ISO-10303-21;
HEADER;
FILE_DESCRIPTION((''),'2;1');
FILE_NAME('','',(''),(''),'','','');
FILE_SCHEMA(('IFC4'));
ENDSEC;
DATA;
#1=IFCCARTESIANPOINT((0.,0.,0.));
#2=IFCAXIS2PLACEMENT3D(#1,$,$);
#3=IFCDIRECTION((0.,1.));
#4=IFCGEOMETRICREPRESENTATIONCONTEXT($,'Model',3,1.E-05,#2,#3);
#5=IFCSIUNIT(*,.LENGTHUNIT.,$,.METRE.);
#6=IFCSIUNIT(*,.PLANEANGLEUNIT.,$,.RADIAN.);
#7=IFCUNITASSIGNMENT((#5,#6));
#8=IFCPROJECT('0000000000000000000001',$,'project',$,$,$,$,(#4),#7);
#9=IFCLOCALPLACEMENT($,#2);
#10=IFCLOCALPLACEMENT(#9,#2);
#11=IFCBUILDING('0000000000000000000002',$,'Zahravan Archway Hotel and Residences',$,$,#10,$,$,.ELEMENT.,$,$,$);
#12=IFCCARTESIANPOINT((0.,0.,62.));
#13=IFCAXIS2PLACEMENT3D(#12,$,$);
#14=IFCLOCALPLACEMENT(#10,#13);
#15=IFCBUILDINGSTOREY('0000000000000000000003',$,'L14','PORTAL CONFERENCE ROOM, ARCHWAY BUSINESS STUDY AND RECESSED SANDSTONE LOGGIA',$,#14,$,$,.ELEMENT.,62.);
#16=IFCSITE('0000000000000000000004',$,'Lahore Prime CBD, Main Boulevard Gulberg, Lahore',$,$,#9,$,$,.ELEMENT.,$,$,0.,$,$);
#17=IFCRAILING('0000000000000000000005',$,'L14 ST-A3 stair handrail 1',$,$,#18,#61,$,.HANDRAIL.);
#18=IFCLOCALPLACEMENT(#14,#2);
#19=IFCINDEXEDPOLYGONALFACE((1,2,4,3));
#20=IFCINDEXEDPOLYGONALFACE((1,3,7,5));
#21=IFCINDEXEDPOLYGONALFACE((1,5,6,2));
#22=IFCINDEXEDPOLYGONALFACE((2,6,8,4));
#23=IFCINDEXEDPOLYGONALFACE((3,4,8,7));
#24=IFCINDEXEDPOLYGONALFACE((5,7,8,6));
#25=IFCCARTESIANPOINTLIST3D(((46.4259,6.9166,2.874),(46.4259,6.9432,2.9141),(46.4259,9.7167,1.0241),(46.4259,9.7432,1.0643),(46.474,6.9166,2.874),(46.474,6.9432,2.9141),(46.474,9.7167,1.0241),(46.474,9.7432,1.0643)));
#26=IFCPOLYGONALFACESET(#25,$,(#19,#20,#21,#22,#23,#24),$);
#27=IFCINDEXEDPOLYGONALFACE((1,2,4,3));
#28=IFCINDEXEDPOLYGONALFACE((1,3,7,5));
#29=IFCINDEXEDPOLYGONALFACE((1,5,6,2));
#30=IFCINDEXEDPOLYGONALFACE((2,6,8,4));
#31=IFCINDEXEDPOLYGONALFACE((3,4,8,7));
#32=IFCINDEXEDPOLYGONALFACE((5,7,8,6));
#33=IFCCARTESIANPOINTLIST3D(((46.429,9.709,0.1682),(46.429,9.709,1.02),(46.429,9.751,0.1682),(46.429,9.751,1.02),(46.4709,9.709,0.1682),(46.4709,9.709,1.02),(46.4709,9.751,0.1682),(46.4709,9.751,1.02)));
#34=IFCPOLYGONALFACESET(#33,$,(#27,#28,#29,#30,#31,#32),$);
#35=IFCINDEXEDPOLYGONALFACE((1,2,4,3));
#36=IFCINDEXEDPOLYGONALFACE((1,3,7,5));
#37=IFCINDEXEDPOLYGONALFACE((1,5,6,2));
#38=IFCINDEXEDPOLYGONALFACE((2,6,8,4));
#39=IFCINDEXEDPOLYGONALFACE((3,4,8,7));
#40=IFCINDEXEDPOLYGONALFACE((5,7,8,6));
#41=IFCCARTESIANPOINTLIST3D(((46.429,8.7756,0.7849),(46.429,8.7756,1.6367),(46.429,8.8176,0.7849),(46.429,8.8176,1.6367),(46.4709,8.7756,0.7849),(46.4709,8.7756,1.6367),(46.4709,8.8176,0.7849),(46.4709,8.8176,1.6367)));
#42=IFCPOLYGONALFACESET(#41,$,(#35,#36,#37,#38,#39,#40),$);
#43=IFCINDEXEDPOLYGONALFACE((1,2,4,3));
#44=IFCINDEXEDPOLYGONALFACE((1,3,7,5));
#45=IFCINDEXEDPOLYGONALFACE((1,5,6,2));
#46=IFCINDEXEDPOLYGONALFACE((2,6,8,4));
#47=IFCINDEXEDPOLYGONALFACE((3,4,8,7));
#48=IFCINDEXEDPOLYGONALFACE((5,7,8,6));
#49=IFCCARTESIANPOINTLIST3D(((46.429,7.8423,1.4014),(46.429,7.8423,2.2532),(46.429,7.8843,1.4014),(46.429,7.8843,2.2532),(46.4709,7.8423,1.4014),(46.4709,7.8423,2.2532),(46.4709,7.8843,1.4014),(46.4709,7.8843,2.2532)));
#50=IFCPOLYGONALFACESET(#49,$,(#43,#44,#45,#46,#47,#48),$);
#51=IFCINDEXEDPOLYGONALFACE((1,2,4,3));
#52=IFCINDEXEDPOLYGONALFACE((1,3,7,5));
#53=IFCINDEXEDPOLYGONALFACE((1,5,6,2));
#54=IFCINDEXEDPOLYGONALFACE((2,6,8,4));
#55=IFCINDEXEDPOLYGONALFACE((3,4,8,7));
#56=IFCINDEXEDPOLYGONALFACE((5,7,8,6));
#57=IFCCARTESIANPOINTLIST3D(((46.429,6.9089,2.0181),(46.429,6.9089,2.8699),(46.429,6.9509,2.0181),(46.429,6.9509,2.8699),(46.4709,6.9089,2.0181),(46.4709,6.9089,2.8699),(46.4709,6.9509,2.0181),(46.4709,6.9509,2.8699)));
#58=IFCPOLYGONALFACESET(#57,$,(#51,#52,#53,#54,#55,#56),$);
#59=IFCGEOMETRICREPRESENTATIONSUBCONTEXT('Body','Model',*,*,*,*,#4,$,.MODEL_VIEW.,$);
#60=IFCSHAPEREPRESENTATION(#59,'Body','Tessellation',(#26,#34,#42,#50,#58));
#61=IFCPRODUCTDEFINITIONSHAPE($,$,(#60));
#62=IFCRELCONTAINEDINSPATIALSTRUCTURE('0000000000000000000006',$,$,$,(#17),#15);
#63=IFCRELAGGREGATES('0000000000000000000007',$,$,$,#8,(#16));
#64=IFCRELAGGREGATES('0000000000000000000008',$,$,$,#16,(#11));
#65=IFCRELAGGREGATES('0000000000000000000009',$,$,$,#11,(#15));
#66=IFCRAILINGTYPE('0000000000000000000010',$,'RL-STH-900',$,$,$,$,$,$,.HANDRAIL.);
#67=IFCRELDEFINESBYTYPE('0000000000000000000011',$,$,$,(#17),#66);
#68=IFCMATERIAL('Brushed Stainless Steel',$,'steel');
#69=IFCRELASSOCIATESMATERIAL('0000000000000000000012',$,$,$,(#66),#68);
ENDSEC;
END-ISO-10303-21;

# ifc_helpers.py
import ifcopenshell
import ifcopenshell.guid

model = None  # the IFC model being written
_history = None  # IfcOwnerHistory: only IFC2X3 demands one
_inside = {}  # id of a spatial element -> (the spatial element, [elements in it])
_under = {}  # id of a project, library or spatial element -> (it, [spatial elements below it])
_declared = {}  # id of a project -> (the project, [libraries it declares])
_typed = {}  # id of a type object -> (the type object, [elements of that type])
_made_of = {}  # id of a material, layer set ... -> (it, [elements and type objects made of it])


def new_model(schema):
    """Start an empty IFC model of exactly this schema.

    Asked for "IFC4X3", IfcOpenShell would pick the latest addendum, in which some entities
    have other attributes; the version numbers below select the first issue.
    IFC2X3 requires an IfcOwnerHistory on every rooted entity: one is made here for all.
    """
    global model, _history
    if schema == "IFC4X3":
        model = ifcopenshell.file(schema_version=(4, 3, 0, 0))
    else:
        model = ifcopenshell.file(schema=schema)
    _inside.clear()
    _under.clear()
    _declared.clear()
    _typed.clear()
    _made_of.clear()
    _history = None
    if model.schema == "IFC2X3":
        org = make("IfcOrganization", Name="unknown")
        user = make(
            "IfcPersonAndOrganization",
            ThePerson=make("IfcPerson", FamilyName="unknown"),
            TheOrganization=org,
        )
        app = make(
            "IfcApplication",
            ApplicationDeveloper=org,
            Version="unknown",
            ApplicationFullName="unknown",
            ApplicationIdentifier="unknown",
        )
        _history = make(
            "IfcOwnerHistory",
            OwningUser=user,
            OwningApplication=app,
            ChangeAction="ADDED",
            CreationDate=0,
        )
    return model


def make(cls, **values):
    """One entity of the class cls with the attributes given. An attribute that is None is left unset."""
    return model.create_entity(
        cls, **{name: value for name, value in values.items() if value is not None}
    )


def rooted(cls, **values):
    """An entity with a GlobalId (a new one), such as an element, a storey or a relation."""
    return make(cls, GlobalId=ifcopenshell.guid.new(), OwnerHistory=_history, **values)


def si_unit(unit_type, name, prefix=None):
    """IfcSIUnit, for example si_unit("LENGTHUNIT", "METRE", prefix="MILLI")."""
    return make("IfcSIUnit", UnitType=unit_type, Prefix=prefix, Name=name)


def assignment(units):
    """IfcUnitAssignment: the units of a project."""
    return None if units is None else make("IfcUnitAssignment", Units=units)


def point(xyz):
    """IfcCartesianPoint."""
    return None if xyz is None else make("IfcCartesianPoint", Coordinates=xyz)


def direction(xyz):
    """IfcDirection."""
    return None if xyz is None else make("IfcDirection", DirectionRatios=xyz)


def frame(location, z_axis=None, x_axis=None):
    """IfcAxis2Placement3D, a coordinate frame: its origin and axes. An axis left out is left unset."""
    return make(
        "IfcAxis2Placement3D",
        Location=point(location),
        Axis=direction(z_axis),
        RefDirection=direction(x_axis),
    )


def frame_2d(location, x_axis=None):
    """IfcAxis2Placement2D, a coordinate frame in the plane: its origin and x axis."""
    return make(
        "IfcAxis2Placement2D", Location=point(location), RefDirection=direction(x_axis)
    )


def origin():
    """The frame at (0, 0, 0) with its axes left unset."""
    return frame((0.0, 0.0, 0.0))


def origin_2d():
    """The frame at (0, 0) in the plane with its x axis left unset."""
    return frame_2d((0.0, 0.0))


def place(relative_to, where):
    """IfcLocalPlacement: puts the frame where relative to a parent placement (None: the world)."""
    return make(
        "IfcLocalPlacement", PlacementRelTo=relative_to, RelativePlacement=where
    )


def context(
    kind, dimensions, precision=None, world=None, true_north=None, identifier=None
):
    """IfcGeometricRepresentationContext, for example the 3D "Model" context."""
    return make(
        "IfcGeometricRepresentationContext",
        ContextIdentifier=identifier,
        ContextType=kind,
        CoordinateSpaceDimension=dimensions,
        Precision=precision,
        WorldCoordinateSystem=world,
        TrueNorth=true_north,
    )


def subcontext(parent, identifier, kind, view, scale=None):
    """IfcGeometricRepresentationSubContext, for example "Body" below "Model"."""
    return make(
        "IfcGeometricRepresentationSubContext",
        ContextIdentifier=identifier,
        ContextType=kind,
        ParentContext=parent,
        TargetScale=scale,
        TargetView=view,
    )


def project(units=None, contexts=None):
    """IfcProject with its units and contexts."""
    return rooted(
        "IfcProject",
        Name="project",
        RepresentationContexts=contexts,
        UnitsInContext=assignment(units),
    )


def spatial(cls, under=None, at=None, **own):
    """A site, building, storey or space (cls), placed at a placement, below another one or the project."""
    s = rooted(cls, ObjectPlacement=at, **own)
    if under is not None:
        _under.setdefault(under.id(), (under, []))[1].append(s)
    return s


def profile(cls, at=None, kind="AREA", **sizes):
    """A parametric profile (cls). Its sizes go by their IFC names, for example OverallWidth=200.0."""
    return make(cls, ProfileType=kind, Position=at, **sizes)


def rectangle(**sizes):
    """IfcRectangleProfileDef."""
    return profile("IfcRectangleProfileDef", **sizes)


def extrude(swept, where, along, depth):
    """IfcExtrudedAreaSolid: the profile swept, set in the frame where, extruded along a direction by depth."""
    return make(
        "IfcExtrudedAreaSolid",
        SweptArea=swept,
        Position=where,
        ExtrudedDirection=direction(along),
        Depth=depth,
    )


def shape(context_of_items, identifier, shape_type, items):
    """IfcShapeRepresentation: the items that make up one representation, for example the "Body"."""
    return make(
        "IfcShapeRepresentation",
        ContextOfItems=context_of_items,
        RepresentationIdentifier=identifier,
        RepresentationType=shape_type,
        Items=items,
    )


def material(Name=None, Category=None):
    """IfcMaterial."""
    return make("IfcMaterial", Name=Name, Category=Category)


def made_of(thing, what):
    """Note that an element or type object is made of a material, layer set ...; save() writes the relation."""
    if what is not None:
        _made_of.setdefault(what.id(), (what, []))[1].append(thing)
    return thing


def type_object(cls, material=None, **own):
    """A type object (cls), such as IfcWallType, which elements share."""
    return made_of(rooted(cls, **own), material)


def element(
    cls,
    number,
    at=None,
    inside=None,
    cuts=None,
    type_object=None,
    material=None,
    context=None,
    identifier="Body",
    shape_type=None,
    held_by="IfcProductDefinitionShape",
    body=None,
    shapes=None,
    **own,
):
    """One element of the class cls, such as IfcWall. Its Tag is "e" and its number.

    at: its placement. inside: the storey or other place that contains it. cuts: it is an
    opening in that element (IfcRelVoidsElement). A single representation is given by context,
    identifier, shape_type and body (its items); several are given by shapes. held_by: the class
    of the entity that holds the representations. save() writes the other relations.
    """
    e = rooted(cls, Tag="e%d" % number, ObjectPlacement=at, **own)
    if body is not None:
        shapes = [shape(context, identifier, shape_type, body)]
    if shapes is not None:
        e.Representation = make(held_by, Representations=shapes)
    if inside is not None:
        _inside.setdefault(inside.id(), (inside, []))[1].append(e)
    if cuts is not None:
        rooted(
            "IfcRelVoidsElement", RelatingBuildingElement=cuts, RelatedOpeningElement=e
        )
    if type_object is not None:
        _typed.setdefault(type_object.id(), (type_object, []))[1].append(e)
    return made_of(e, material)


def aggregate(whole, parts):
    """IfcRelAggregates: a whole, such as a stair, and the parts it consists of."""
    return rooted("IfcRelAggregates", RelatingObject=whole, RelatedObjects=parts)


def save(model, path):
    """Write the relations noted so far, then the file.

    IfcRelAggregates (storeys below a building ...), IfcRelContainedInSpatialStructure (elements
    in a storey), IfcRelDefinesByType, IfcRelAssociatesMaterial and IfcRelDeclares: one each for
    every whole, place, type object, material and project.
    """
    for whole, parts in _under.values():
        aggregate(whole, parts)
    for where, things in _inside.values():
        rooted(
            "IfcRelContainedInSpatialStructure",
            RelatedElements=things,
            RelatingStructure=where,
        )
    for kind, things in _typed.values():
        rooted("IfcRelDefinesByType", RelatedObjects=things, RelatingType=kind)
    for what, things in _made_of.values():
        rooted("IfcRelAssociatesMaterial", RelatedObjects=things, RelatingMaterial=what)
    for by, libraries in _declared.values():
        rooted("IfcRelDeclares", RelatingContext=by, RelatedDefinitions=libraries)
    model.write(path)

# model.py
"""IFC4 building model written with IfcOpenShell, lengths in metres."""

from ifc_helpers import new_model, si_unit, direction, frame, origin, origin_2d, place, context, subcontext, project, spatial, rectangle, extrude, material, type_object, element, save


model = new_model("IFC4")

# Units and contexts
model_context = context("Model", 3, precision=1e-05, world=origin(), true_north=direction((0.0, 1.0)))
body_context = subcontext(model_context, "Body", "Model", "MODEL_VIEW")
ifc_project = project(units=[si_unit("LENGTHUNIT", "METRE"), si_unit("PLANEANGLEUNIT", "RADIAN")], contexts=[model_context])

# Site, building, storey
site_placement = place(None, origin())
site = spatial("IfcSite", under=ifc_project, at=site_placement, Name="Lahore Prime CBD, Main Boulevard Gulberg, Lahore", CompositionType="ELEMENT", RefElevation=0.0)
building_placement = place(site_placement, origin())
building = spatial("IfcBuilding", under=site, at=building_placement, Name="Zahravan Archway Hotel and Residences", CompositionType="ELEMENT")
storey_placement = place(building_placement, frame((0.0, 0.0, 62.0)))
storey = spatial("IfcBuildingStorey", under=building, at=storey_placement, Name="L14", Description="PORTAL CONFERENCE ROOM, ARCHWAY BUSINESS STUDY AND RECESSED SANDSTONE LOGGIA", CompositionType="ELEMENT", Elevation=62.0)

# Shared definitions
ifc_material_1 = material(Name="Brushed Stainless Steel", Category="steel")

# Railing
railing_type_1 = type_object("IfcRailingType", Name="RL-STH-900", PredefinedType="HANDRAIL", material=ifc_material_1)
for number, where, name in (
    (1, (46.45, 9.73, 0.1682), "L14 ST-A3 stair handrail 1"),
):
    element("IfcRailing", number, at=place(storey_placement, frame(where)), inside=storey, type_object=railing_type_1, Name=name, PredefinedType="HANDRAIL", context=body_context, shape_type="SweptSolid", body=[
        extrude(rectangle(XDim=0.0481, YDim=0.0481, at=origin_2d()), frame((0.0, 0.0, 0.876), z_axis=(0.0, -0.83436, 0.55122), x_axis=(1.0, 0.0, 0.0)), (0.0, 0.0, 1.0), 3.356),
        extrude(rectangle(XDim=0.042, YDim=0.042, at=origin_2d()), origin(), (0.0, 0.0, 1.0), 0.8518),
        extrude(rectangle(XDim=0.042, YDim=0.042, at=origin_2d()), frame((0.0, -0.9333, 0.6167)), (0.0, 0.0, 1.0), 0.8518),
        extrude(rectangle(XDim=0.042, YDim=0.042, at=origin_2d()), frame((0.0, -1.8667, 1.2332)), (0.0, 0.0, 1.0), 0.8518),
        extrude(rectangle(XDim=0.042, YDim=0.042, at=origin_2d()), frame((0.0, -2.8, 1.8499)), (0.0, 0.0, 1.0), 0.8518),
    ])

save(model, "model.ifc")
